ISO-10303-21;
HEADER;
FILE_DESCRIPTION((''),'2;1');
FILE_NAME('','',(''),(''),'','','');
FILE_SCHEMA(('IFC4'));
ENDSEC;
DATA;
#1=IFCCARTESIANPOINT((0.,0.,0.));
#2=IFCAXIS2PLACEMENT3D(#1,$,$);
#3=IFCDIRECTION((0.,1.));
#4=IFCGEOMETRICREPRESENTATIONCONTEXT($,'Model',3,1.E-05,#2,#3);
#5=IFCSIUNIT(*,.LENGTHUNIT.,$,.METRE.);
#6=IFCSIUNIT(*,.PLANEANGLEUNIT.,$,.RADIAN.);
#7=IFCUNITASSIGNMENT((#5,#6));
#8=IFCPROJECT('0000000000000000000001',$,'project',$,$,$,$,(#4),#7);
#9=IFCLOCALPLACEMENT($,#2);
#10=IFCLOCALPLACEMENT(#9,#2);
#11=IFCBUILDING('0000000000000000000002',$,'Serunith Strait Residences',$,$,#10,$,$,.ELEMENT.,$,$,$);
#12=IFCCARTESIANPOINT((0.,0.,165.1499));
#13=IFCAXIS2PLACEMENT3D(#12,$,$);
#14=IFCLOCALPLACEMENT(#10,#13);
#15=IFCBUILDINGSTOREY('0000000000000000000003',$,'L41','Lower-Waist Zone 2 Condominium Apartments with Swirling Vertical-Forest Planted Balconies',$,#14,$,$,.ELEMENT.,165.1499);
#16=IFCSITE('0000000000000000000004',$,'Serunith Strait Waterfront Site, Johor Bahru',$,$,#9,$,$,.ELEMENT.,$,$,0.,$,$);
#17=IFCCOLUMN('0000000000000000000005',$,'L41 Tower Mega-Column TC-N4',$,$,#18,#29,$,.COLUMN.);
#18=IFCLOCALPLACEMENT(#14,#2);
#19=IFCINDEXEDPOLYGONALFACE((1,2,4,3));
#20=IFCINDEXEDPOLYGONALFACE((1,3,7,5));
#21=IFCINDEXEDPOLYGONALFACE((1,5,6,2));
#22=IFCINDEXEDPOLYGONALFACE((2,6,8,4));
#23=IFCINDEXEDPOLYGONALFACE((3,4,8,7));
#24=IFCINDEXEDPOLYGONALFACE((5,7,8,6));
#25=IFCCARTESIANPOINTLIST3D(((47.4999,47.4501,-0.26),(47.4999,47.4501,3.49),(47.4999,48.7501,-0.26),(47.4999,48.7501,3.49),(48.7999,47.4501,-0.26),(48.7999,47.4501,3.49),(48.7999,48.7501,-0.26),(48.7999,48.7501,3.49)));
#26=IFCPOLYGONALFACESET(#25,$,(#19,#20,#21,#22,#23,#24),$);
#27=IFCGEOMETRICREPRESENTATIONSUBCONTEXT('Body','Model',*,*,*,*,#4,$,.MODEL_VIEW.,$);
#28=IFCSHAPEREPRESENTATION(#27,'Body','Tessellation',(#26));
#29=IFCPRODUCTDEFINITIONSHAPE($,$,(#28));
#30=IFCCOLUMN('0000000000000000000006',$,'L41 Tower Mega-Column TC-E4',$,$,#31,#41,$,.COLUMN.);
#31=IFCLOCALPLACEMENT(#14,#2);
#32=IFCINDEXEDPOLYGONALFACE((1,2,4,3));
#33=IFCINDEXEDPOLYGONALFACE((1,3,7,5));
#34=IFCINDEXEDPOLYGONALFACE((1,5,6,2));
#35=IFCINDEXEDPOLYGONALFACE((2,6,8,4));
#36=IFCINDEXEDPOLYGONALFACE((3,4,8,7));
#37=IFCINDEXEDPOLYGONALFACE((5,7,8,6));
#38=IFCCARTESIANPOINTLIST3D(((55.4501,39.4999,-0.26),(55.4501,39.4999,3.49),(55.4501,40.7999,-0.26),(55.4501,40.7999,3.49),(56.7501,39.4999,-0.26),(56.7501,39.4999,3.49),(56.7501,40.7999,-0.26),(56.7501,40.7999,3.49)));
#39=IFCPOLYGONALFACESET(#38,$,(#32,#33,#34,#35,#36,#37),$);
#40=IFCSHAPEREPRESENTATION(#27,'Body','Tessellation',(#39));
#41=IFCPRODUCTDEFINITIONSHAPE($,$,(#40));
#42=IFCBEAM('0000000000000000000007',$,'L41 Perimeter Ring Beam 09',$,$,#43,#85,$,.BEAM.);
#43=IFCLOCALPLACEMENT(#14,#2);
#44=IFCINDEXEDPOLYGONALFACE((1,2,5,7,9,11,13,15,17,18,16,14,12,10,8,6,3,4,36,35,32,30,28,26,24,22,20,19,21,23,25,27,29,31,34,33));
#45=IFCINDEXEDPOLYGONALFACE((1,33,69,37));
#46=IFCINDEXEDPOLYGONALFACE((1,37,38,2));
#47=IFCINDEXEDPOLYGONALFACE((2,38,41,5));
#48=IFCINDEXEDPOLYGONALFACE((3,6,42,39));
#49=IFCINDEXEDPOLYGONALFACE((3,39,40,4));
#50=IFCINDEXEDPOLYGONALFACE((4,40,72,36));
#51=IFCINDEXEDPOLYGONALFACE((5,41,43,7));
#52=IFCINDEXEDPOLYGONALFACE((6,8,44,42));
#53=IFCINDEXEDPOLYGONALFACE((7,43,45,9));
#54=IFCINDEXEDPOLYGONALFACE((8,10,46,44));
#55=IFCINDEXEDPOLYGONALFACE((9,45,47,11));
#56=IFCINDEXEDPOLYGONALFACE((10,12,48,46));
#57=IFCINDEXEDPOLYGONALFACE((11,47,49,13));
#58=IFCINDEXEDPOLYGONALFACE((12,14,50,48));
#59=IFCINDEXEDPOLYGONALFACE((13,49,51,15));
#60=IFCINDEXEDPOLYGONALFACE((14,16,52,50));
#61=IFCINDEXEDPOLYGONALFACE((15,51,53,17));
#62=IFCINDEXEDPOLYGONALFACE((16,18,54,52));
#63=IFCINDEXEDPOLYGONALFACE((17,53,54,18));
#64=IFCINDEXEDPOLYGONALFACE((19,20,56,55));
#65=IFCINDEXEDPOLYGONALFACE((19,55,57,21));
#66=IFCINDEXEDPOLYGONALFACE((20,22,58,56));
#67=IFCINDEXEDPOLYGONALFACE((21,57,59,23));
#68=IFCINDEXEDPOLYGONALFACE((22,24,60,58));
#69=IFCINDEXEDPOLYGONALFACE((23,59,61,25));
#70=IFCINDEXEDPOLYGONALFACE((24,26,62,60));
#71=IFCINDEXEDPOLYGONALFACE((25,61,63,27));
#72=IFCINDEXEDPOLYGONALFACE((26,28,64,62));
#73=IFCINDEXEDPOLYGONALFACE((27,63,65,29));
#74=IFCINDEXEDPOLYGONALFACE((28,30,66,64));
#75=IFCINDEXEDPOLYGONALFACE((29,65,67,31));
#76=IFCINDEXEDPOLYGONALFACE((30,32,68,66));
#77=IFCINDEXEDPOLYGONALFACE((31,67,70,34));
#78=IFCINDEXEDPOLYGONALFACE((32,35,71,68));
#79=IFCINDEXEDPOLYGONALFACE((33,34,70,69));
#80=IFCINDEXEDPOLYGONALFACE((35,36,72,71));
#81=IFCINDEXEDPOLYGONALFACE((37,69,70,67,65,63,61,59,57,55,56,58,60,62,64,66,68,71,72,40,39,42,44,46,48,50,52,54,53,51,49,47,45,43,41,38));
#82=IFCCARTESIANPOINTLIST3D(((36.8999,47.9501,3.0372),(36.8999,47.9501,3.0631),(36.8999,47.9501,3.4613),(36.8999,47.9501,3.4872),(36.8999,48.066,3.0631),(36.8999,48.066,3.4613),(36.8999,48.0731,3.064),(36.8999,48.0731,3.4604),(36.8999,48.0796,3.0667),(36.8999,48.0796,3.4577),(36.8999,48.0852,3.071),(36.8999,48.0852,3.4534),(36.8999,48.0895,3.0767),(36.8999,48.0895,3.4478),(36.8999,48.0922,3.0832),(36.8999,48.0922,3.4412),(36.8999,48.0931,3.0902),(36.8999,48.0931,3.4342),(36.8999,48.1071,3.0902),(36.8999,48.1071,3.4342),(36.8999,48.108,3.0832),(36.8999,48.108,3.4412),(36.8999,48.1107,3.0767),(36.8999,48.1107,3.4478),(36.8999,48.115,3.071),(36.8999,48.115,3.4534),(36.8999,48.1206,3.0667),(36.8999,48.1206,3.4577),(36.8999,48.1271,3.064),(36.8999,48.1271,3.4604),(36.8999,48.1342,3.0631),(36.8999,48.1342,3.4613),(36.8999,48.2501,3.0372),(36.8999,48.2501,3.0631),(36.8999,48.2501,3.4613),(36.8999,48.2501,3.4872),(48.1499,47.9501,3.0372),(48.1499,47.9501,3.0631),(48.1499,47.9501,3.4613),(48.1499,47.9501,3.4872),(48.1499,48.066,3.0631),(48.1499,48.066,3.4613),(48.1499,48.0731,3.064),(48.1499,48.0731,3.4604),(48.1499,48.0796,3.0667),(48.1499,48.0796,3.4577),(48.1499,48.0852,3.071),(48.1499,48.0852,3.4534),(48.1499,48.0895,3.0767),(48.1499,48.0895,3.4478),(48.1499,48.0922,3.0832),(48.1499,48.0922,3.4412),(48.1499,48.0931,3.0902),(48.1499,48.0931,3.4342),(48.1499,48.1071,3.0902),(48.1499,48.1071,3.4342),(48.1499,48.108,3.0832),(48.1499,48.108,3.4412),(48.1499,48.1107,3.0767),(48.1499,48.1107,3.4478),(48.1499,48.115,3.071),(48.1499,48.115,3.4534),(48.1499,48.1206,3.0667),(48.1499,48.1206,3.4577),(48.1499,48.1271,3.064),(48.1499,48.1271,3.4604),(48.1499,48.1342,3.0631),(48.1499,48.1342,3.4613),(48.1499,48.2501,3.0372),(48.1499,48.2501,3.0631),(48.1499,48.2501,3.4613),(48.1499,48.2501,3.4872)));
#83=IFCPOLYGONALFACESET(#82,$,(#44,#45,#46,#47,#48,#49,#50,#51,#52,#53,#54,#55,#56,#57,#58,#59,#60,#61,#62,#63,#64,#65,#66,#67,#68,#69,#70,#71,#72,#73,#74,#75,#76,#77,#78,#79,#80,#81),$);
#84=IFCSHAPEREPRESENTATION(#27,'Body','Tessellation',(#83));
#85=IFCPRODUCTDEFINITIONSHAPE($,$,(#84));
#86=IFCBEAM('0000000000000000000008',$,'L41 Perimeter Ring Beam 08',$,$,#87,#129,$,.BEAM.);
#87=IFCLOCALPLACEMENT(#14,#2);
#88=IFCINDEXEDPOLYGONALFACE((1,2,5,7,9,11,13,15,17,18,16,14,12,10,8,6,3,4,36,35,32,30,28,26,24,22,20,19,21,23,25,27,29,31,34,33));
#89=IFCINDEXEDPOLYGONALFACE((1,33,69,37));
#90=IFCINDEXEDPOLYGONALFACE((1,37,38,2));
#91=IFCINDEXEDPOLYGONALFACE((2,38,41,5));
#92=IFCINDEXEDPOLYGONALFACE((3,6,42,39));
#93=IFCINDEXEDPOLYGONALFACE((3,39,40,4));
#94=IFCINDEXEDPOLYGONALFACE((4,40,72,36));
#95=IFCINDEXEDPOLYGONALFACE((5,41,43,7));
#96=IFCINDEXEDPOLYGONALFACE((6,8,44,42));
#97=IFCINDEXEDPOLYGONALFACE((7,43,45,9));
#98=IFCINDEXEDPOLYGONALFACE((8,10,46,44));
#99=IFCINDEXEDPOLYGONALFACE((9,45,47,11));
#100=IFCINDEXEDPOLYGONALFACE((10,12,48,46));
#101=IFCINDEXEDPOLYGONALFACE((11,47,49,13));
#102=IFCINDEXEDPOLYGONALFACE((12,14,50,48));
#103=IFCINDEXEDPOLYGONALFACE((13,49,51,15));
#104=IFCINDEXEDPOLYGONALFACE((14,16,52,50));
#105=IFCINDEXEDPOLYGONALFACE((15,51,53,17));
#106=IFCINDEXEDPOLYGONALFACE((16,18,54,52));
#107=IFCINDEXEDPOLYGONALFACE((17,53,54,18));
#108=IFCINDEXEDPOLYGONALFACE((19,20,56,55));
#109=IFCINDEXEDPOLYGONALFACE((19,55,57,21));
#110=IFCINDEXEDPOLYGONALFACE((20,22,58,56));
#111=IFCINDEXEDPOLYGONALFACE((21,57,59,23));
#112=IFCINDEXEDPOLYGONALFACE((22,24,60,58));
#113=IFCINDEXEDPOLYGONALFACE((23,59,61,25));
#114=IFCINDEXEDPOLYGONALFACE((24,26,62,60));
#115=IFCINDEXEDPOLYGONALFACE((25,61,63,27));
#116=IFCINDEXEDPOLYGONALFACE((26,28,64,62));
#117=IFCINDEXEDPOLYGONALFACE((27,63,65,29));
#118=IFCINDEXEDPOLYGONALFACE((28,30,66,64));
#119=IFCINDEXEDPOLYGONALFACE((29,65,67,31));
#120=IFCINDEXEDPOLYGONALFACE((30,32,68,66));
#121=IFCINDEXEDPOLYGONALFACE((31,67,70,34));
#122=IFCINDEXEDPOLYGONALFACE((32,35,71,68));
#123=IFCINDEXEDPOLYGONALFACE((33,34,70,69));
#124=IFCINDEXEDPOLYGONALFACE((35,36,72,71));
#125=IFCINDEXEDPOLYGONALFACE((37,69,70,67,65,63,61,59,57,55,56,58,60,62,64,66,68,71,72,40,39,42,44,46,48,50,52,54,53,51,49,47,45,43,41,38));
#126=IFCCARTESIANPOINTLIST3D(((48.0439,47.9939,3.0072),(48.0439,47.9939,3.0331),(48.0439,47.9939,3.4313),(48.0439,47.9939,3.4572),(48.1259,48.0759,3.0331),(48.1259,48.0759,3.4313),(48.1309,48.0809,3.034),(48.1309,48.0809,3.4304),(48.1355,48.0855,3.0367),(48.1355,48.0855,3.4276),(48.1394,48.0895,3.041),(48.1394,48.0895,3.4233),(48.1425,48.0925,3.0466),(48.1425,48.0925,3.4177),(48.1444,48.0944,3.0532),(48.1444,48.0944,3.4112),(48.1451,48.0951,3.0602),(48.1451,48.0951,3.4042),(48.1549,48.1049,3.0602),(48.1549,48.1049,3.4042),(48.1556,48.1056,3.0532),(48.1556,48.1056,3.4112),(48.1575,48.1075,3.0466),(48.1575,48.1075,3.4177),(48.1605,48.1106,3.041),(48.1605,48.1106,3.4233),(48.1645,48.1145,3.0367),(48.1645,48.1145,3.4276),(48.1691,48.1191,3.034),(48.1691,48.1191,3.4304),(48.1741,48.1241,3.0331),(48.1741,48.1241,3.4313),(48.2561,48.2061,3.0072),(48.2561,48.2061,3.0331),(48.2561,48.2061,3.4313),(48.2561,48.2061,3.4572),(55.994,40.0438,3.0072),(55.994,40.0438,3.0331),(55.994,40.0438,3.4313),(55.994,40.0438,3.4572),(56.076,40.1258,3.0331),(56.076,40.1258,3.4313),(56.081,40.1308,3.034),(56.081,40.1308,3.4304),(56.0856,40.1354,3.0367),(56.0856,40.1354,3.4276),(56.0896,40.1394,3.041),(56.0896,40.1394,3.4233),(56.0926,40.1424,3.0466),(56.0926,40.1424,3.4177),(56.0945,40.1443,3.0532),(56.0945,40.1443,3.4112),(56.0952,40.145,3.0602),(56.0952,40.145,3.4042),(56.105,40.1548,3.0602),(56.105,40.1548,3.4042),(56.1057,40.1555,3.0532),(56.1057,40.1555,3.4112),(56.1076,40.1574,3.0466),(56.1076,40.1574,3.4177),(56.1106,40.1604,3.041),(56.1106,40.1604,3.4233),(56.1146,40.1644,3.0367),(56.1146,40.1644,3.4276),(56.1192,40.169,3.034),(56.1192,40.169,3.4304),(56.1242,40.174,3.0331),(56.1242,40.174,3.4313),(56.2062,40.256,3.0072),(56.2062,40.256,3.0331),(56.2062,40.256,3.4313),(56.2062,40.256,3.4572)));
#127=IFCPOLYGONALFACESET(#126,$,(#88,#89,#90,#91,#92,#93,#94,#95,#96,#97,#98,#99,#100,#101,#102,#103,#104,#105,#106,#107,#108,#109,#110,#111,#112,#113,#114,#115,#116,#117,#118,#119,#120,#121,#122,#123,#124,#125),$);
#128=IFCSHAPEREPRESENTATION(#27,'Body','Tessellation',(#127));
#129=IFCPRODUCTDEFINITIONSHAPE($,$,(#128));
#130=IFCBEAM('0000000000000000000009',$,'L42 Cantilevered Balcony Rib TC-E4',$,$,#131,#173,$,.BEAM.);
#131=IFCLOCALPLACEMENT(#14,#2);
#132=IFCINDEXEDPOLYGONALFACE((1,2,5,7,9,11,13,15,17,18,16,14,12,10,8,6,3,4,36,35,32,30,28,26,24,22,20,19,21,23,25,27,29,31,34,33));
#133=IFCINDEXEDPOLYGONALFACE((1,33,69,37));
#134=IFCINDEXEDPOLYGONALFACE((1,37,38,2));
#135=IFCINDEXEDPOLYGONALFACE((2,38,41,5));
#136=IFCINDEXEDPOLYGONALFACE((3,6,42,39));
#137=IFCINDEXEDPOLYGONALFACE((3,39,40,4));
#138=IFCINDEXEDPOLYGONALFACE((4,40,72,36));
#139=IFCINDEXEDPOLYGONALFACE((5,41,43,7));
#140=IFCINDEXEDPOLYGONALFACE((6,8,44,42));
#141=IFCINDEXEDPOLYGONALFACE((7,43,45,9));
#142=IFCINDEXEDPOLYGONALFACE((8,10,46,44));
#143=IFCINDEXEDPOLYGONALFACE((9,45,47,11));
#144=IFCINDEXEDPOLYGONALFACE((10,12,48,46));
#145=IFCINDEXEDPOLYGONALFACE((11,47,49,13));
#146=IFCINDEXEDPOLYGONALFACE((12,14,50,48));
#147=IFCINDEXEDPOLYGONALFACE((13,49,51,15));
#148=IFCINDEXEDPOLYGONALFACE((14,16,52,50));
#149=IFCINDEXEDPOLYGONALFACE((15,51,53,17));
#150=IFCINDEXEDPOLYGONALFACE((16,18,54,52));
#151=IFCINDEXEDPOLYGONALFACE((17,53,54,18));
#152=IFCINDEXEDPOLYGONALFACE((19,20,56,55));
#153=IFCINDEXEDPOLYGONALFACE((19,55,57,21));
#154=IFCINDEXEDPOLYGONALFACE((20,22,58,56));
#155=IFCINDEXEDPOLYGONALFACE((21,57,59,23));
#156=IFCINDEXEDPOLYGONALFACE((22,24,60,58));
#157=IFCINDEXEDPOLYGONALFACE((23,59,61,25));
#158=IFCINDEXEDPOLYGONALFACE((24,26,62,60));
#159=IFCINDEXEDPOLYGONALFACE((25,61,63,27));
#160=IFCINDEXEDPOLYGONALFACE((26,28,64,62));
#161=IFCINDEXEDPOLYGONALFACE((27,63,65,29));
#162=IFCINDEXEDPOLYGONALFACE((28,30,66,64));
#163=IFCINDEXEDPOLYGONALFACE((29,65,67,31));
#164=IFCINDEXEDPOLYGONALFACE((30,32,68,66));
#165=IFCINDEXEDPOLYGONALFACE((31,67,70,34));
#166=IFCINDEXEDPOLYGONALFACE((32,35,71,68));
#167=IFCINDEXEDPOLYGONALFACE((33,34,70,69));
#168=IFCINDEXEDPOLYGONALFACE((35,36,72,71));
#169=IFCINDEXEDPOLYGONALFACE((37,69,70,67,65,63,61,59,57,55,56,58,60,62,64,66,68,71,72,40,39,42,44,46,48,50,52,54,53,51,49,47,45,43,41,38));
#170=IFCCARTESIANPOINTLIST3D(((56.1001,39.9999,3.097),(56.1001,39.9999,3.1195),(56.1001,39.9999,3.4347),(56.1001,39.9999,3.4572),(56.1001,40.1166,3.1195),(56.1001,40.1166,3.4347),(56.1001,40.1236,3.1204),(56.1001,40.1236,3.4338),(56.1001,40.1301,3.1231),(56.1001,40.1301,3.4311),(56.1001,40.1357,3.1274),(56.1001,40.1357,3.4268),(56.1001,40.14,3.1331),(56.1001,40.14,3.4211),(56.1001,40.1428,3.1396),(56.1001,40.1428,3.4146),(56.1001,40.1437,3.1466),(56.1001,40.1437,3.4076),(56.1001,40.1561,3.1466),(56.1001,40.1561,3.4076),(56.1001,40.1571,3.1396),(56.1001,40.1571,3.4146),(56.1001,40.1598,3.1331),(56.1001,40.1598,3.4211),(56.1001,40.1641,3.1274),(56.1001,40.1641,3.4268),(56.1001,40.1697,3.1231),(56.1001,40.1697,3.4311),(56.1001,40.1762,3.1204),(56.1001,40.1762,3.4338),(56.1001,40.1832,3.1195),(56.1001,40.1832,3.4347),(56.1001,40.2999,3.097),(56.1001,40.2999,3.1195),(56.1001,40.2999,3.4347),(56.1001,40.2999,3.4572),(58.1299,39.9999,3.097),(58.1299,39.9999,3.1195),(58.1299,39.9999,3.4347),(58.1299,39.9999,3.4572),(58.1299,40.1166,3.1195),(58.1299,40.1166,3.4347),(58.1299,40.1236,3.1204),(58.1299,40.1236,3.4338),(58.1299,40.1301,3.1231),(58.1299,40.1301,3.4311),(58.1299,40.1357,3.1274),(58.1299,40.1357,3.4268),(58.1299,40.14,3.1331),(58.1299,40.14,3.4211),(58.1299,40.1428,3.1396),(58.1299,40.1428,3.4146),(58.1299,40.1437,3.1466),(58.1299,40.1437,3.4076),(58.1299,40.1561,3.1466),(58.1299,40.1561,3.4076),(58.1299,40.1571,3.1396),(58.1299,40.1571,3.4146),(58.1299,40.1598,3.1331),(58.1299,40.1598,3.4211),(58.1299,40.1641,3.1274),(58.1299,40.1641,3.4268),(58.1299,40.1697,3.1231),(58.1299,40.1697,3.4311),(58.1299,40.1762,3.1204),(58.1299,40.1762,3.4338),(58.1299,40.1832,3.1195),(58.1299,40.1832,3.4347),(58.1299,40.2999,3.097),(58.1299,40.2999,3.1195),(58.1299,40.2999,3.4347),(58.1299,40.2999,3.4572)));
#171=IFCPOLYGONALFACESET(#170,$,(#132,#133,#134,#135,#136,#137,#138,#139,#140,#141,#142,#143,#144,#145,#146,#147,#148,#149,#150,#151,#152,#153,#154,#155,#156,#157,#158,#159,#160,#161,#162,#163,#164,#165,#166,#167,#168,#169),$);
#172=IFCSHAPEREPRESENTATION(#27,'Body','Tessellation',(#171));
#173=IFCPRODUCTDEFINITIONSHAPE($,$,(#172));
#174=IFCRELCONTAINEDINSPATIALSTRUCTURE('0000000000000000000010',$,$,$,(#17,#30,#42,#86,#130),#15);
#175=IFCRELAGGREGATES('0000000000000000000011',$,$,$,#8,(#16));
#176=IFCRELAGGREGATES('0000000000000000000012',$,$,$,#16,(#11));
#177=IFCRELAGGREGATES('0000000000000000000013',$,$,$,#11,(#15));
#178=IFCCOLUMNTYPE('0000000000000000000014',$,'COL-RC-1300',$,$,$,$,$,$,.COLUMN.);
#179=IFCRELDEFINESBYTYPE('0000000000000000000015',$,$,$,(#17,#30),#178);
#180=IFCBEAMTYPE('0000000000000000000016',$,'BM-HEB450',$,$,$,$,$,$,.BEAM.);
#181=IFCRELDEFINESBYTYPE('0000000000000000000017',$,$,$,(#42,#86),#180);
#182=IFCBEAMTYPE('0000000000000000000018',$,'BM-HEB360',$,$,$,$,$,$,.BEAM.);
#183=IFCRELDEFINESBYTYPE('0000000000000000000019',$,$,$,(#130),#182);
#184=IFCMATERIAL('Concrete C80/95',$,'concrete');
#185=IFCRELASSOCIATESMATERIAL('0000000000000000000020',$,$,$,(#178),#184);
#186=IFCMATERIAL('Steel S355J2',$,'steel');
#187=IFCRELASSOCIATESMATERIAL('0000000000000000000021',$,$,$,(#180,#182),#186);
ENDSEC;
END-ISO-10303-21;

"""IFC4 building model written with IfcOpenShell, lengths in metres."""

from ifc_helpers import new_model, si_unit, direction, frame, origin, origin_2d, place, context, subcontext, project, spatial, rectangle, i_section, extrude, source, transform, mapped, material, material_profile, profile_set, type_object, element, save


model = new_model("IFC4")

# Units and contexts
model_context = context("Model", 3, precision=1e-05, world=origin(), true_north=direction((0.0, 1.0)))
body_context = subcontext(model_context, "Body", "Model", "MODEL_VIEW")
ifc_project = project(units=[si_unit("LENGTHUNIT", "METRE"), si_unit("PLANEANGLEUNIT", "RADIAN")], contexts=[model_context])

# Site, building, storey
site_placement = place(None, origin())
site = spatial("IfcSite", under=ifc_project, at=site_placement, Name="Serunith Strait Waterfront Site, Johor Bahru", CompositionType="ELEMENT", RefElevation=0.0)
building_placement = place(site_placement, origin())
building = spatial("IfcBuilding", under=site, at=building_placement, Name="Serunith Strait Residences", CompositionType="ELEMENT")
storey_placement = place(building_placement, frame((0.0, 0.0, 165.1499)))
storey = spatial("IfcBuildingStorey", under=building, at=storey_placement, Name="L41", Description="Lower-Waist Zone 2 Condominium Apartments with Swirling Vertical-Forest Planted Balconies", CompositionType="ELEMENT", Elevation=165.1499)

# Columns
ifc_material_1 = material(Name="Concrete C80/95", Category="concrete")
ifc_material_profile_1 = material_profile(ifc_material_1, rectangle(XDim=1.3, YDim=1.3, at=origin_2d()), Name="RC 1300x1300")
ifc_profile_set_1 = profile_set([ifc_material_profile_1], Name="Concrete C80/95")
column_type = type_object("IfcColumnType", Name="COL-RC-1300", PredefinedType="COLUMN", material=ifc_profile_set_1)
shared_shape_1 = source(origin(), body_context, "Body", "SweptSolid", [
    extrude(rectangle(XDim=1.3, YDim=1.3, at=origin_2d()), origin(), (0.0, 0.0, 1.0), 3.75),
])
for number, where, z_axis, x_axis, name in (
    (1, (48.1499, 48.1001, -0.26), (0.0, 0.0, 1.0), (1.0, 0.0, 0.0), "L41 Tower Mega-Column TC-N4"),
    (2, (56.1001, 40.1499, -0.26), (0.0, 0.0, 1.0), (1.0, 0.0, 0.0), "L41 Tower Mega-Column TC-E4"),
):
    element("IfcColumn", number, at=place(storey_placement, frame(where, z_axis=z_axis, x_axis=x_axis)), inside=storey, type_object=column_type, Name=name, PredefinedType="COLUMN", context=body_context, shape_type="MappedRepresentation", body=[
        mapped(shared_shape_1, transform((0.0, 0.0, 0.0), scale=1.0)),
    ])

# Beams
ifc_material_2 = material(Name="Steel S355J2", Category="steel")
ifc_material_profile_2 = material_profile(ifc_material_2, i_section(OverallWidth=0.3, OverallDepth=0.45, WebThickness=0.0139, FlangeThickness=0.0259, FilletRadius=0.0271, at=origin_2d()), Name="HEB 450")
ifc_profile_set_2 = profile_set([ifc_material_profile_2], Name="Steel S355J2")
beam_type_1 = type_object("IfcBeamType", Name="BM-HEB450", PredefinedType="BEAM", material=ifc_profile_set_2)
shared_shape_2 = source(origin(), body_context, "Body", "SweptSolid", [
    extrude(i_section(OverallWidth=0.3, OverallDepth=0.45, WebThickness=0.0139, FlangeThickness=0.0259, FilletRadius=0.0271, at=origin_2d()), origin(), (0.0, 0.0, 1.0), 11.25),
])
beam_1_placement = place(storey_placement, frame((48.1499, 48.1001, 3.2622), z_axis=(-1.0, 0.0, 0.0), x_axis=(0.0, -1.0, 0.0)))
element("IfcBeam", 3, at=beam_1_placement, inside=storey, type_object=beam_type_1, Name="L41 Perimeter Ring Beam 09", PredefinedType="BEAM", context=body_context, shape_type="MappedRepresentation", body=[
    mapped(shared_shape_2, transform((0.0, 0.0, 0.0), scale=1.0)),
])
shared_shape_3 = source(origin(), body_context, "Body", "SweptSolid", [
    extrude(i_section(OverallWidth=0.3, OverallDepth=0.45, WebThickness=0.0139, FlangeThickness=0.0259, FilletRadius=0.0271, at=origin_2d()), origin(), (0.0, 0.0, 1.0), 11.2432),
])
beam_2_placement = place(storey_placement, frame((56.1001, 40.1499, 3.2322), z_axis=(-0.707107, 0.707107, 0.0), x_axis=(-0.707107, -0.707107, 0.0)))
element("IfcBeam", 4, at=beam_2_placement, inside=storey, type_object=beam_type_1, Name="L41 Perimeter Ring Beam 08", PredefinedType="BEAM", context=body_context, shape_type="MappedRepresentation", body=[
    mapped(shared_shape_3, transform((0.0, 0.0, 0.0), scale=1.0)),
])
ifc_material_profile_3 = material_profile(ifc_material_2, i_section(OverallWidth=0.3, OverallDepth=0.3601, WebThickness=0.0125, FlangeThickness=0.0225, FilletRadius=0.0271, at=origin_2d()), Name="HEB 360")
ifc_profile_set_3 = profile_set([ifc_material_profile_3], Name="Steel S355J2")
beam_type_2 = type_object("IfcBeamType", Name="BM-HEB360", PredefinedType="BEAM", material=ifc_profile_set_3)
shared_shape_4 = source(origin(), body_context, "Body", "SweptSolid", [
    extrude(i_section(OverallWidth=0.3, OverallDepth=0.3601, WebThickness=0.0125, FlangeThickness=0.0225, FilletRadius=0.0271, at=origin_2d()), origin(), (0.0, 0.0, 1.0), 2.0298),
])
beam_3_placement = place(storey_placement, frame((56.1001, 40.1499, 3.2771), z_axis=(1.0, 0.0, 0.0), x_axis=(0.0, 1.0, 0.0)))
element("IfcBeam", 5, at=beam_3_placement, inside=storey, type_object=beam_type_2, Name="L42 Cantilevered Balcony Rib TC-E4", PredefinedType="BEAM", context=body_context, shape_type="MappedRepresentation", body=[
    mapped(shared_shape_4, transform((0.0, 0.0, 0.0), scale=1.0)),
])

save(model, "model.ifc")
